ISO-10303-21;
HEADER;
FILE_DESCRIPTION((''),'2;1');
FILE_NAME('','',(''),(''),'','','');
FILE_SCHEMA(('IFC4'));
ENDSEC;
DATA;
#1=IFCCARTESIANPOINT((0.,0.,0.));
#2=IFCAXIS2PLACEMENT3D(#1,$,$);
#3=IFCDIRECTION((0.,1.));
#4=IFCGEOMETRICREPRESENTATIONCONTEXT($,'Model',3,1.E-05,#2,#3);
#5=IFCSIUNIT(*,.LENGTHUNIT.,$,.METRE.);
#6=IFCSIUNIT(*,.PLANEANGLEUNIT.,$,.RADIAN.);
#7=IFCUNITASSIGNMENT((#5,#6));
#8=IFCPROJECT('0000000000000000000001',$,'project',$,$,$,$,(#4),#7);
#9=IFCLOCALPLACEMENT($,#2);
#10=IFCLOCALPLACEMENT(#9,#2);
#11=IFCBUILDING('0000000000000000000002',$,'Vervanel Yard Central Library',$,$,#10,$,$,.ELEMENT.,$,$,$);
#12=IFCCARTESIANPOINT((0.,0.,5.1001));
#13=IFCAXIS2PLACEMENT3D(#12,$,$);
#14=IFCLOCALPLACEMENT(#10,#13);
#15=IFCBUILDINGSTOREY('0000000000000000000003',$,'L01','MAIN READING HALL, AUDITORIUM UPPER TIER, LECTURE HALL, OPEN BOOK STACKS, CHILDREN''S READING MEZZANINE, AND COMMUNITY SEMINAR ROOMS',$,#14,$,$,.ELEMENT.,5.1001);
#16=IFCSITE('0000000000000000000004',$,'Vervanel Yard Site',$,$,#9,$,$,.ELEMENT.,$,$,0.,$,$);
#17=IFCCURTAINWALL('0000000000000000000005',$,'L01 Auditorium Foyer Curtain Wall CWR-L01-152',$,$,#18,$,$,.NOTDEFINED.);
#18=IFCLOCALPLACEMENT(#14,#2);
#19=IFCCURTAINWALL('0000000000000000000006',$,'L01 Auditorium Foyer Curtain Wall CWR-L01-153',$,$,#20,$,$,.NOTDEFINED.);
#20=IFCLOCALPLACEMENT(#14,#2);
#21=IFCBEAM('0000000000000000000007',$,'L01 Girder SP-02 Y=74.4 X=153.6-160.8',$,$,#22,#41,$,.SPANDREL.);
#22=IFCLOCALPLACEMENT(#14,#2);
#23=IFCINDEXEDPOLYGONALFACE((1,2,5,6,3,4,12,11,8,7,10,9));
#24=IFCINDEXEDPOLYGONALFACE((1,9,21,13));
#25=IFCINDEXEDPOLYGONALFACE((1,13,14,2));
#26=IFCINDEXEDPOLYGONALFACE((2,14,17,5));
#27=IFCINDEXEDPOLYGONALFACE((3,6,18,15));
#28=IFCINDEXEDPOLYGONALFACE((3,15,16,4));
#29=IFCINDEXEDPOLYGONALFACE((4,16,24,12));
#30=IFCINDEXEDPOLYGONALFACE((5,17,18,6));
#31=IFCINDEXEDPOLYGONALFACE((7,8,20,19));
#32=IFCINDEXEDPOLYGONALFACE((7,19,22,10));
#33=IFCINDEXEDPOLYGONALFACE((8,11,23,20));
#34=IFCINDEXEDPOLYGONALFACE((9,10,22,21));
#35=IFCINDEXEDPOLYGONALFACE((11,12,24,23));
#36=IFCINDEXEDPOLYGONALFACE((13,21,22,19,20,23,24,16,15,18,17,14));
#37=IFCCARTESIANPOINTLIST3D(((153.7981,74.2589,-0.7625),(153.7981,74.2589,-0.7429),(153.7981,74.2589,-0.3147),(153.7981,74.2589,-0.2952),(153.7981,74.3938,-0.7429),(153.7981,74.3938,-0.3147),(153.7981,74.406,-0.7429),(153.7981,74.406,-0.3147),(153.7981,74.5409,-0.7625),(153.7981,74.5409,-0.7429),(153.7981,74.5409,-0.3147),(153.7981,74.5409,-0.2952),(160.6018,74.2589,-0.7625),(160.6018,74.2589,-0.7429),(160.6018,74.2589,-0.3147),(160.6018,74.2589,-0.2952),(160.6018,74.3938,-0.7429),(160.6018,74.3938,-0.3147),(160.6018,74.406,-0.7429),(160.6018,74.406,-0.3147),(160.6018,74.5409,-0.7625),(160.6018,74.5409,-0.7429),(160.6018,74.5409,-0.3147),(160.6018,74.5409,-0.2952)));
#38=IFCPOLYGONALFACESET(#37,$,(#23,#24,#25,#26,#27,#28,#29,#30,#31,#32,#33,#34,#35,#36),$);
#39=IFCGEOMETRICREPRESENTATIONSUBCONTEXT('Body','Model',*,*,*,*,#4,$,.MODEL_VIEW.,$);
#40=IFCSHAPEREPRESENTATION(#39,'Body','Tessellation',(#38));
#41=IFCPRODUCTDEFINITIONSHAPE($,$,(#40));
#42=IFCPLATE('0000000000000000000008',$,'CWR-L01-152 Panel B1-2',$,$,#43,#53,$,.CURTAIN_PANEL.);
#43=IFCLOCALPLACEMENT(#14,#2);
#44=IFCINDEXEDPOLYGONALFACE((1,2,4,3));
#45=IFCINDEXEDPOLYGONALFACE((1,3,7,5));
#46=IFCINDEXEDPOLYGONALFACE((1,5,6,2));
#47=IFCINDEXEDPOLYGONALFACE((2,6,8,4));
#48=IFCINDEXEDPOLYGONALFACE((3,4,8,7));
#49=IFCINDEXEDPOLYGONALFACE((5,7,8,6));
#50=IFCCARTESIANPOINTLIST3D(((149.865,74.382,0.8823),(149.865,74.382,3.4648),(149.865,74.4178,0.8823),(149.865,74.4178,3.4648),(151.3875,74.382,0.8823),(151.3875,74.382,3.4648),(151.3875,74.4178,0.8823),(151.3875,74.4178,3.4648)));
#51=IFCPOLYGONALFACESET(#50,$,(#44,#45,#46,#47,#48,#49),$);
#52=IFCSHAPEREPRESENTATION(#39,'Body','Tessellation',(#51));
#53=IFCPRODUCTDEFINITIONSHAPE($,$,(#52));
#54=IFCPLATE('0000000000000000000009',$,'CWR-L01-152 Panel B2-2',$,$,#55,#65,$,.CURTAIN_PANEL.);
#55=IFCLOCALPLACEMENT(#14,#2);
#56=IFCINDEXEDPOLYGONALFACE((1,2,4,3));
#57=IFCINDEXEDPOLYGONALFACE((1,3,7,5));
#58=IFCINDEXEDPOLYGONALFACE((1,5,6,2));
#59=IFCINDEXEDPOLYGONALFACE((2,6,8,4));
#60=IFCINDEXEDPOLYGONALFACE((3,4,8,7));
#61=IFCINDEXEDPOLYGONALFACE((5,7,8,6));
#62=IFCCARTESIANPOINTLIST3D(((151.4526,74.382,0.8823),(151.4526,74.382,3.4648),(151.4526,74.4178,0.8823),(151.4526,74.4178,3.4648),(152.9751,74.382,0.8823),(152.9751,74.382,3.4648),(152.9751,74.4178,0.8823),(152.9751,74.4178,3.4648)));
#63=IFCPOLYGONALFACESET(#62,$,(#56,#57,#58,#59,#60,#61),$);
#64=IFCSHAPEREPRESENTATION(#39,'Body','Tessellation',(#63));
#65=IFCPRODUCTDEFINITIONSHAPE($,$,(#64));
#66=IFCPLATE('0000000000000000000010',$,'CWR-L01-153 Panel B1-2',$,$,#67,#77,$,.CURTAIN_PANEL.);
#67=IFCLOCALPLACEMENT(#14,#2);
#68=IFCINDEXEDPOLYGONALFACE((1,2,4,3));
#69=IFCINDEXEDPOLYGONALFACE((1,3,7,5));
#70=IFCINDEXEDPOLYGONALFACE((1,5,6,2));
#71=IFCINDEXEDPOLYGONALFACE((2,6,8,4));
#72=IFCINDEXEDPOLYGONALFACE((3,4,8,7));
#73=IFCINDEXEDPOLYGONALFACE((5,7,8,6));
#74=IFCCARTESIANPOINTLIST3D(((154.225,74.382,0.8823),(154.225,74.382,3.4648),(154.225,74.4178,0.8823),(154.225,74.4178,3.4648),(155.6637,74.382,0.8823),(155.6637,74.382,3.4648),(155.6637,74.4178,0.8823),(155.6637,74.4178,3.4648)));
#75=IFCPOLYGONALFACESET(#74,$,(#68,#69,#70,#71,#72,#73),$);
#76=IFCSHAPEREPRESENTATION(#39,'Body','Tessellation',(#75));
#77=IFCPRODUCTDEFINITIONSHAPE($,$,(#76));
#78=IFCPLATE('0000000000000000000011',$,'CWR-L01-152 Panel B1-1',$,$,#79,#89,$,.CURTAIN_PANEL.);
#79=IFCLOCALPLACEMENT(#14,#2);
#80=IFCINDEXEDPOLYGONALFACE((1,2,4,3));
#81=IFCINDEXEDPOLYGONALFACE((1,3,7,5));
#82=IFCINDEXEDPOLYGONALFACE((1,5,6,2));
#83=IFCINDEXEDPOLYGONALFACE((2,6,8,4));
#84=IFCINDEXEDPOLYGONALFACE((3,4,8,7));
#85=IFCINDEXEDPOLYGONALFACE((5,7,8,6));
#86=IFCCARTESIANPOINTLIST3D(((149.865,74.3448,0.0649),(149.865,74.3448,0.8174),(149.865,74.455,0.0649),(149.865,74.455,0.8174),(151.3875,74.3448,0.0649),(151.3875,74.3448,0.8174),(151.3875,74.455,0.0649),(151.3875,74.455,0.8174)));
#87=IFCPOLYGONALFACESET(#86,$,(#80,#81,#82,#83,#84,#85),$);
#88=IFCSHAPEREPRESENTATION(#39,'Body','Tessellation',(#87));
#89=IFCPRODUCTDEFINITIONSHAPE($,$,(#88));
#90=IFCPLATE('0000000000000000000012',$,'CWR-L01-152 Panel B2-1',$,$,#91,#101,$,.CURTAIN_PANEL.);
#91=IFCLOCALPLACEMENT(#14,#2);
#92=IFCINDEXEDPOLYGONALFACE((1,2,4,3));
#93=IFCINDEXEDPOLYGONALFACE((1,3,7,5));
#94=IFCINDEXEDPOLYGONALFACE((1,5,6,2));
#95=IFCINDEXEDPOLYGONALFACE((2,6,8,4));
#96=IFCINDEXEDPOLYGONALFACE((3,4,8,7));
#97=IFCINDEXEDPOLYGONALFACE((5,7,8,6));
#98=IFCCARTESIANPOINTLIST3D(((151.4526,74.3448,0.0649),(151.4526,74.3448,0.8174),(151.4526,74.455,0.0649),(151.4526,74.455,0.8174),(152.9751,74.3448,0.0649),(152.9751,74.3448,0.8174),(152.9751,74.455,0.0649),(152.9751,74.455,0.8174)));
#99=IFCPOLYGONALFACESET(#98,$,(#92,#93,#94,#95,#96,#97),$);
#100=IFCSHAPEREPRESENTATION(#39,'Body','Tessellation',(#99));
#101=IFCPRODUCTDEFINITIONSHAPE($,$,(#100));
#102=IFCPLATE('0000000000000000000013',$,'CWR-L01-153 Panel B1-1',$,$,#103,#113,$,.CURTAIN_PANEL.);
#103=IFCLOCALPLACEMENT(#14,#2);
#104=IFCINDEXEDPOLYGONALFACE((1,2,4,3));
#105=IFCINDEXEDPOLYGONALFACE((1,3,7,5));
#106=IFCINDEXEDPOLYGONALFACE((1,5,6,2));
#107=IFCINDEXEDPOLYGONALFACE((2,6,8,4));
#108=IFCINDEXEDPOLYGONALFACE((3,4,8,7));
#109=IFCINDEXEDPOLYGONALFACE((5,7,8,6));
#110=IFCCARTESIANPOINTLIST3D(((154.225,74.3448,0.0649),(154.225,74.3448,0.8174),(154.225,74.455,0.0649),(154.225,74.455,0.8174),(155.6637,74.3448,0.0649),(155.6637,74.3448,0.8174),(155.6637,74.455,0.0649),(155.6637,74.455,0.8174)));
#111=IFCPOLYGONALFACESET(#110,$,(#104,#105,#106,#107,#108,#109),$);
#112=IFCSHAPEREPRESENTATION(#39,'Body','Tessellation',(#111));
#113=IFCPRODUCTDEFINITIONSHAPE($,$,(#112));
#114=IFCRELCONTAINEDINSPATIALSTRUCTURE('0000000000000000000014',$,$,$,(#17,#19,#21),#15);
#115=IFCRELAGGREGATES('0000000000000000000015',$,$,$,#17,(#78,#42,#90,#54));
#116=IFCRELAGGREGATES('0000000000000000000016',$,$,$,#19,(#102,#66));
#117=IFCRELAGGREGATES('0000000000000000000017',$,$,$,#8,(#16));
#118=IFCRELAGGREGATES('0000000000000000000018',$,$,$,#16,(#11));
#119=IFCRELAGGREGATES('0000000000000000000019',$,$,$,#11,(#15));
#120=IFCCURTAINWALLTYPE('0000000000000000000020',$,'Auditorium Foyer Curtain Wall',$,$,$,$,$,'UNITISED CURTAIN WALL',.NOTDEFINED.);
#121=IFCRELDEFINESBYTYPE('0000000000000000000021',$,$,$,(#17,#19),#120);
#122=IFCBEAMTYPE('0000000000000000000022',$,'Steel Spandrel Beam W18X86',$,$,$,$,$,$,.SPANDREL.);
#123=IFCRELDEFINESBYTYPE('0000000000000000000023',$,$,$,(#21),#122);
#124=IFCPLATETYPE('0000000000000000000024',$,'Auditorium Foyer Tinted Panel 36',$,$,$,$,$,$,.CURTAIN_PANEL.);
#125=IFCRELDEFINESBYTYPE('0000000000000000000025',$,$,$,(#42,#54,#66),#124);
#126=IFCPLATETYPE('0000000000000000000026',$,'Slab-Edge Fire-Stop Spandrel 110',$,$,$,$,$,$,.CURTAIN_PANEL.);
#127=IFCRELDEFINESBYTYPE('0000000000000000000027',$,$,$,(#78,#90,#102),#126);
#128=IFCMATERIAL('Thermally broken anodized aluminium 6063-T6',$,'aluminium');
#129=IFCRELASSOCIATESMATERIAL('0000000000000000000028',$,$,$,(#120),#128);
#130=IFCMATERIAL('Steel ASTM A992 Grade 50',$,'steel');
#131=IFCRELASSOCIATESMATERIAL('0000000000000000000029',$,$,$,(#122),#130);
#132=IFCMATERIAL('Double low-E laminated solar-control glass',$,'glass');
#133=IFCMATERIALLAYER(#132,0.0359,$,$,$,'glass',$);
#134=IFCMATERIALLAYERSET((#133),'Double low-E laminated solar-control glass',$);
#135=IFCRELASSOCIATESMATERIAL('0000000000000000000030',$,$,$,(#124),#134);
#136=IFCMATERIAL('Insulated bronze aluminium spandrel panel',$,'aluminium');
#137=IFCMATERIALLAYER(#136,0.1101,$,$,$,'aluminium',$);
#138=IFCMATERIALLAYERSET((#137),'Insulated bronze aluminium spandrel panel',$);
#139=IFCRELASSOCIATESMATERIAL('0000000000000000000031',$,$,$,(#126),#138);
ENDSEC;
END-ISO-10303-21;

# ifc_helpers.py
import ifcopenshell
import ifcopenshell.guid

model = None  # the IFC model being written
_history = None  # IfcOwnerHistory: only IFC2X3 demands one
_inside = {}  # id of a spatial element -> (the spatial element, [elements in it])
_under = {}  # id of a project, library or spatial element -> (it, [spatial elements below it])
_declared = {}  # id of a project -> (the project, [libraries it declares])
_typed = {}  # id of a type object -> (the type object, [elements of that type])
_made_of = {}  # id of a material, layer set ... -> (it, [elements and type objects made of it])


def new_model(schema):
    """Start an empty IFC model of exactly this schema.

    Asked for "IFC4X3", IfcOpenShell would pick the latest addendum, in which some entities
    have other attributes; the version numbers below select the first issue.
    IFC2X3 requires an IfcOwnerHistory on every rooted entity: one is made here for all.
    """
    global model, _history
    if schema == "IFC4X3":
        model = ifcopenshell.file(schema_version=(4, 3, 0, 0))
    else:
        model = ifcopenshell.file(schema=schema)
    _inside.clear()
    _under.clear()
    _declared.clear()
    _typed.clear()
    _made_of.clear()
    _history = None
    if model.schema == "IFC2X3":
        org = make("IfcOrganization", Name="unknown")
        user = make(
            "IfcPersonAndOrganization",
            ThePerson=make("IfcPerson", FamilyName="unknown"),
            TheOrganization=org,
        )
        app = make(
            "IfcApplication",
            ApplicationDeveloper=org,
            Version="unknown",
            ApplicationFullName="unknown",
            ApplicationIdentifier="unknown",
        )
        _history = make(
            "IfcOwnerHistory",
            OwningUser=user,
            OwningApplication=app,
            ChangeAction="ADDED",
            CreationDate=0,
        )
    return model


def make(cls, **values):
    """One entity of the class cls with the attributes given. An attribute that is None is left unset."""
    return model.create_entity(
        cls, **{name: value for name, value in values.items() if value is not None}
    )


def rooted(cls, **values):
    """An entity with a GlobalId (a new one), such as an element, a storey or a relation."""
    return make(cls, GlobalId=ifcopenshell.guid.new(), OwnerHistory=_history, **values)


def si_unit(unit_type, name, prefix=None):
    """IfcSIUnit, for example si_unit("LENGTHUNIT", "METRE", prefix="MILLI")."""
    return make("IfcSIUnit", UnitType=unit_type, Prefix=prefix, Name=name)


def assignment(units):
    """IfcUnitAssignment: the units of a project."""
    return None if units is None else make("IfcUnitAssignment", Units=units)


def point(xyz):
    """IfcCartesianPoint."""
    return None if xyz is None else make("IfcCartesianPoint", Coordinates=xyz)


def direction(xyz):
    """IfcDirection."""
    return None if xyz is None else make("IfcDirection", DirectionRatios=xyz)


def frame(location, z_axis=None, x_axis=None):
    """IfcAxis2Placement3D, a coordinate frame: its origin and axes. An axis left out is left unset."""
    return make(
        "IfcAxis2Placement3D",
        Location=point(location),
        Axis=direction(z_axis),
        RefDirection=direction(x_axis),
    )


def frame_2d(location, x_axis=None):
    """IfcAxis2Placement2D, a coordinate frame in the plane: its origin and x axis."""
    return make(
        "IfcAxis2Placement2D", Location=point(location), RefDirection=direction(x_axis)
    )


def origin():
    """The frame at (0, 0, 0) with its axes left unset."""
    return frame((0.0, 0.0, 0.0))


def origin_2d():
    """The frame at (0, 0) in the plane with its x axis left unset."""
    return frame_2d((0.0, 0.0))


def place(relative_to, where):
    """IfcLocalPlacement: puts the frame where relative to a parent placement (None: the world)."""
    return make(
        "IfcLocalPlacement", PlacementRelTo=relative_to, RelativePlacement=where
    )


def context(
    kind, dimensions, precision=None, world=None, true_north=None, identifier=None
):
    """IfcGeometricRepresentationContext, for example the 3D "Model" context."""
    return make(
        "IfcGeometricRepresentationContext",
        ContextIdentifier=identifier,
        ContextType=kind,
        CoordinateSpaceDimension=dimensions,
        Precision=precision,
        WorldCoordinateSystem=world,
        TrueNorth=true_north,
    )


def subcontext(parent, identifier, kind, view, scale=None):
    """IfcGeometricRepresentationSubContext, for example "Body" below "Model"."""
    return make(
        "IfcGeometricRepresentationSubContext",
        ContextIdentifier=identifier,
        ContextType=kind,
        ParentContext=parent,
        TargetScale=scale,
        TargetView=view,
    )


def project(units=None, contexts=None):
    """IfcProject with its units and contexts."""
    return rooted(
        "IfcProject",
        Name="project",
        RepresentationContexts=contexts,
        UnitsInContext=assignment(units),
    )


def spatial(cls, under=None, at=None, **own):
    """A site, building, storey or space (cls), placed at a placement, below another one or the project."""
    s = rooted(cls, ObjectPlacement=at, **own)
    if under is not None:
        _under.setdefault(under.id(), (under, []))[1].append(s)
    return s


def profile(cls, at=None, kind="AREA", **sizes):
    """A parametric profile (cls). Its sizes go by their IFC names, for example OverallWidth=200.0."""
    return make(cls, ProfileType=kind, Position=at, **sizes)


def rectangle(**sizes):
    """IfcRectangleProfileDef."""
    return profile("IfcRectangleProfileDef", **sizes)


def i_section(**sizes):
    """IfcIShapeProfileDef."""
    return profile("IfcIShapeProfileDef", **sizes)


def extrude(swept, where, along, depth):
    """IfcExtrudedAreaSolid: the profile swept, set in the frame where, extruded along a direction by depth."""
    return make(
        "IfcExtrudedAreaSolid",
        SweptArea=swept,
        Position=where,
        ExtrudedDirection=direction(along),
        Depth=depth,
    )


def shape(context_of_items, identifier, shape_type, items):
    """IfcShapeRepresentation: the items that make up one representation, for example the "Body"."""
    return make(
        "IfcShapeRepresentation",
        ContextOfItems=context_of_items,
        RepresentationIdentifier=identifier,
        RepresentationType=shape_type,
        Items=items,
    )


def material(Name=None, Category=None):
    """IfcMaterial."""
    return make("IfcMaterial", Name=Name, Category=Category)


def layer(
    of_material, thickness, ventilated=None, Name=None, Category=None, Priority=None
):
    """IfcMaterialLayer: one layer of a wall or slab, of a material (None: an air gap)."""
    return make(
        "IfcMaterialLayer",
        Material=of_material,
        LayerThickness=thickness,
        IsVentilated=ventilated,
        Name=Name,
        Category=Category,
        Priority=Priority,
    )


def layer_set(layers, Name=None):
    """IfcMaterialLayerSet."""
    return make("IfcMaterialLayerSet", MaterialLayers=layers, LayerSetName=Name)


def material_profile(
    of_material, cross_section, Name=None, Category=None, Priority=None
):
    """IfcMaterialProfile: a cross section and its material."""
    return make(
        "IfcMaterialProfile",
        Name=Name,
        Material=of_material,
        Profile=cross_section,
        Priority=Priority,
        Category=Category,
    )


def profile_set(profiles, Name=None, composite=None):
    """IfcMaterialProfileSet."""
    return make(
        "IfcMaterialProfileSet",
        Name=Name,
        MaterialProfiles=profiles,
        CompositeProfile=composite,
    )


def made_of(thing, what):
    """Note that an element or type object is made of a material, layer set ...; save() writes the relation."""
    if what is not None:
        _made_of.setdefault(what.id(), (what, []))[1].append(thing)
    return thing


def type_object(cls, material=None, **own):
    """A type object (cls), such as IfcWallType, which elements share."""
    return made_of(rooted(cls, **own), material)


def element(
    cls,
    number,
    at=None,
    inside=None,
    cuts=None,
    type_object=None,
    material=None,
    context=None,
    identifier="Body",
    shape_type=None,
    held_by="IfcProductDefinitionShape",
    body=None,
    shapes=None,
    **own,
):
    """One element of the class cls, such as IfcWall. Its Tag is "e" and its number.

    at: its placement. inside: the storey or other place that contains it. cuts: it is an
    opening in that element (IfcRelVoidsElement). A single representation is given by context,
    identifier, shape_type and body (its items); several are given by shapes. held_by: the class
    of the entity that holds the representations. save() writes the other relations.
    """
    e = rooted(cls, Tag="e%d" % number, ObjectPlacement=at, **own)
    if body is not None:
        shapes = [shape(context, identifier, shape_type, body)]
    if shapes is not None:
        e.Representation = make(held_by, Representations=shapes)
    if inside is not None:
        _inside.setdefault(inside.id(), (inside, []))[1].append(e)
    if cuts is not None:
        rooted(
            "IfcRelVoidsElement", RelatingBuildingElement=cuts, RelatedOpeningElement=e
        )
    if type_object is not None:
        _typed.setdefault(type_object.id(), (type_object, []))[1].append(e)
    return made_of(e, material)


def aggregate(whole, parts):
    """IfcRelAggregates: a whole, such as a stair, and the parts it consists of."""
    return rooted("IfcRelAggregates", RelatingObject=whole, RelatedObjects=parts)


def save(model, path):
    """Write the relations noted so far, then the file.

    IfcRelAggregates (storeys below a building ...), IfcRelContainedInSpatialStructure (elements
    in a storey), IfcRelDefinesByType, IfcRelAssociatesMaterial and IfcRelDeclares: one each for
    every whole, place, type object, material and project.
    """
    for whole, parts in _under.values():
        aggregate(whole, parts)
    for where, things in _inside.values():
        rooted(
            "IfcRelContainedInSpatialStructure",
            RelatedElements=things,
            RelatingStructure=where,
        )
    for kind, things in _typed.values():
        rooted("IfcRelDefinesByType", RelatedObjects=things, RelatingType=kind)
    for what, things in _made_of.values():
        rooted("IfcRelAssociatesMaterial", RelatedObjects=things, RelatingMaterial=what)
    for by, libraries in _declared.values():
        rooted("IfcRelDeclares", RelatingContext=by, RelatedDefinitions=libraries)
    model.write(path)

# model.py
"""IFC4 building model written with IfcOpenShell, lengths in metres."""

from ifc_helpers import new_model, si_unit, direction, frame, origin, origin_2d, place, context, subcontext, project, spatial, rectangle, i_section, extrude, material, layer, layer_set, material_profile, profile_set, type_object, element, aggregate, save


model = new_model("IFC4")

# Units and contexts
model_context = context("Model", 3, precision=1e-05, world=origin(), true_north=direction((0.0, 1.0)))
body_context = subcontext(model_context, "Body", "Model", "MODEL_VIEW")
ifc_project = project(units=[si_unit("LENGTHUNIT", "METRE"), si_unit("PLANEANGLEUNIT", "RADIAN")], contexts=[model_context])

# Site, building, storey
site_placement = place(None, origin())
site = spatial("IfcSite", under=ifc_project, at=site_placement, Name="Vervanel Yard Site", CompositionType="ELEMENT", RefElevation=0.0)
building_placement = place(site_placement, origin())
building = spatial("IfcBuilding", under=site, at=building_placement, Name="Vervanel Yard Central Library", CompositionType="ELEMENT")
storey_placement = place(building_placement, frame((0.0, 0.0, 5.1001)))
storey = spatial("IfcBuildingStorey", under=building, at=storey_placement, Name="L01", Description="MAIN READING HALL, AUDITORIUM UPPER TIER, LECTURE HALL, OPEN BOOK STACKS, CHILDREN'S READING MEZZANINE, AND COMMUNITY SEMINAR ROOMS", CompositionType="ELEMENT", Elevation=5.1001)

# Shared definitions
ifc_material_1 = material(Name="Steel ASTM A992 Grade 50", Category="steel")

# Curtain walls
ifc_material_2 = material(Name="Thermally broken anodized aluminium 6063-T6", Category="aluminium")
curtain_wall_type = type_object("IfcCurtainWallType", Name="Auditorium Foyer Curtain Wall", ElementType="UNITISED CURTAIN WALL", PredefinedType="NOTDEFINED", material=ifc_material_2)
curtain_wall_1_placement = place(storey_placement, origin())
curtain_wall_1 = element("IfcCurtainWall", 1, at=curtain_wall_1_placement, inside=storey, type_object=curtain_wall_type, Name="L01 Auditorium Foyer Curtain Wall CWR-L01-152", PredefinedType="NOTDEFINED")
curtain_wall_2_placement = place(storey_placement, origin())
curtain_wall_2 = element("IfcCurtainWall", 2, at=curtain_wall_2_placement, inside=storey, type_object=curtain_wall_type, Name="L01 Auditorium Foyer Curtain Wall CWR-L01-153", PredefinedType="NOTDEFINED")

# Beam
ifc_material_profile_1 = material_profile(ifc_material_1, i_section(OverallWidth=0.282, OverallDepth=0.4673, WebThickness=0.0122, FlangeThickness=0.0195, at=origin_2d()), Name="W18X86", Category="steel")
ifc_profile_set_1 = profile_set([ifc_material_profile_1], Name="Steel ASTM A992 Grade 50")
beam_type = type_object("IfcBeamType", Name="Steel Spandrel Beam W18X86", PredefinedType="SPANDREL", material=ifc_profile_set_1)
beam_placement = place(storey_placement, frame((153.7981, 74.3999, -0.5288), z_axis=(1.0, 0.0, 0.0), x_axis=(0.0, 1.0, 0.0)))
element("IfcBeam", 3, at=beam_placement, inside=storey, type_object=beam_type, Name="L01 Girder SP-02 Y=74.4 X=153.6-160.8", PredefinedType="SPANDREL", context=body_context, shape_type="SweptSolid", body=[
    extrude(i_section(OverallWidth=0.282, OverallDepth=0.4673, WebThickness=0.0122, FlangeThickness=0.0195, at=origin_2d()), origin(), (0.0, 0.0, 1.0), 6.8037),
])

# Plates
ifc_material_3 = material(Name="Double low-E laminated solar-control glass", Category="glass")
ifc_layer_1 = layer(ifc_material_3, 0.0359, Category="glass")
ifc_layer_set_1 = layer_set([ifc_layer_1], Name="Double low-E laminated solar-control glass")
plate_type_1 = type_object("IfcPlateType", Name="Auditorium Foyer Tinted Panel 36", PredefinedType="CURTAIN_PANEL", material=ifc_layer_set_1)
plate_1_placement = place(storey_placement, frame((150.6262, 74.3999, 0.8823), z_axis=(0.0, 0.0, 1.0), x_axis=(1.0, 0.0, 0.0)))
plate_1 = element("IfcPlate", 4, at=plate_1_placement, type_object=plate_type_1, Name="CWR-L01-152 Panel B1-2", PredefinedType="CURTAIN_PANEL", context=body_context, shape_type="SweptSolid", body=[
    extrude(rectangle(XDim=1.5225, YDim=0.0359, at=origin_2d()), origin(), (0.0, 0.0, 1.0), 2.5825),
])
plate_2_placement = place(storey_placement, frame((152.2139, 74.3999, 0.8823), z_axis=(0.0, 0.0, 1.0), x_axis=(1.0, 0.0, 0.0)))
plate_2 = element("IfcPlate", 5, at=plate_2_placement, type_object=plate_type_1, Name="CWR-L01-152 Panel B2-2", PredefinedType="CURTAIN_PANEL", context=body_context, shape_type="SweptSolid", body=[
    extrude(rectangle(XDim=1.5225, YDim=0.0359, at=origin_2d()), origin(), (0.0, 0.0, 1.0), 2.5825),
])
plate_3_placement = place(storey_placement, frame((154.9443, 74.3999, 0.8823), z_axis=(0.0, 0.0, 1.0), x_axis=(1.0, 0.0, 0.0)))
plate_3 = element("IfcPlate", 6, at=plate_3_placement, type_object=plate_type_1, Name="CWR-L01-153 Panel B1-2", PredefinedType="CURTAIN_PANEL", context=body_context, shape_type="SweptSolid", body=[
    extrude(rectangle(XDim=1.4387, YDim=0.0359, at=origin_2d()), origin(), (0.0, 0.0, 1.0), 2.5825),
])
ifc_material_4 = material(Name="Insulated bronze aluminium spandrel panel", Category="aluminium")
ifc_layer_2 = layer(ifc_material_4, 0.1101, Category="aluminium")
ifc_layer_set_2 = layer_set([ifc_layer_2], Name="Insulated bronze aluminium spandrel panel")
plate_type_2 = type_object("IfcPlateType", Name="Slab-Edge Fire-Stop Spandrel 110", PredefinedType="CURTAIN_PANEL", material=ifc_layer_set_2)
plate_4_placement = place(storey_placement, frame((150.6262, 74.3999, 0.0649), z_axis=(0.0, 0.0, 1.0), x_axis=(1.0, 0.0, 0.0)))
plate_4 = element("IfcPlate", 7, at=plate_4_placement, type_object=plate_type_2, Name="CWR-L01-152 Panel B1-1", PredefinedType="CURTAIN_PANEL", context=body_context, shape_type="SweptSolid", body=[
    extrude(rectangle(XDim=1.5225, YDim=0.1101, at=origin_2d()), origin(), (0.0, 0.0, 1.0), 0.7524),
])
plate_5_placement = place(storey_placement, frame((152.2139, 74.3999, 0.0649), z_axis=(0.0, 0.0, 1.0), x_axis=(1.0, 0.0, 0.0)))
plate_5 = element("IfcPlate", 8, at=plate_5_placement, type_object=plate_type_2, Name="CWR-L01-152 Panel B2-1", PredefinedType="CURTAIN_PANEL", context=body_context, shape_type="SweptSolid", body=[
    extrude(rectangle(XDim=1.5225, YDim=0.1101, at=origin_2d()), origin(), (0.0, 0.0, 1.0), 0.7524),
])
aggregate(curtain_wall_1, [plate_4, plate_1, plate_5, plate_2])
plate_6_placement = place(storey_placement, frame((154.9443, 74.3999, 0.0649), z_axis=(0.0, 0.0, 1.0), x_axis=(1.0, 0.0, 0.0)))
plate_6 = element("IfcPlate", 9, at=plate_6_placement, type_object=plate_type_2, Name="CWR-L01-153 Panel B1-1", PredefinedType="CURTAIN_PANEL", context=body_context, shape_type="SweptSolid", body=[
    extrude(rectangle(XDim=1.4387, YDim=0.1101, at=origin_2d()), origin(), (0.0, 0.0, 1.0), 0.7524),
])
aggregate(curtain_wall_2, [plate_6, plate_3])

save(model, "model.ifc")
